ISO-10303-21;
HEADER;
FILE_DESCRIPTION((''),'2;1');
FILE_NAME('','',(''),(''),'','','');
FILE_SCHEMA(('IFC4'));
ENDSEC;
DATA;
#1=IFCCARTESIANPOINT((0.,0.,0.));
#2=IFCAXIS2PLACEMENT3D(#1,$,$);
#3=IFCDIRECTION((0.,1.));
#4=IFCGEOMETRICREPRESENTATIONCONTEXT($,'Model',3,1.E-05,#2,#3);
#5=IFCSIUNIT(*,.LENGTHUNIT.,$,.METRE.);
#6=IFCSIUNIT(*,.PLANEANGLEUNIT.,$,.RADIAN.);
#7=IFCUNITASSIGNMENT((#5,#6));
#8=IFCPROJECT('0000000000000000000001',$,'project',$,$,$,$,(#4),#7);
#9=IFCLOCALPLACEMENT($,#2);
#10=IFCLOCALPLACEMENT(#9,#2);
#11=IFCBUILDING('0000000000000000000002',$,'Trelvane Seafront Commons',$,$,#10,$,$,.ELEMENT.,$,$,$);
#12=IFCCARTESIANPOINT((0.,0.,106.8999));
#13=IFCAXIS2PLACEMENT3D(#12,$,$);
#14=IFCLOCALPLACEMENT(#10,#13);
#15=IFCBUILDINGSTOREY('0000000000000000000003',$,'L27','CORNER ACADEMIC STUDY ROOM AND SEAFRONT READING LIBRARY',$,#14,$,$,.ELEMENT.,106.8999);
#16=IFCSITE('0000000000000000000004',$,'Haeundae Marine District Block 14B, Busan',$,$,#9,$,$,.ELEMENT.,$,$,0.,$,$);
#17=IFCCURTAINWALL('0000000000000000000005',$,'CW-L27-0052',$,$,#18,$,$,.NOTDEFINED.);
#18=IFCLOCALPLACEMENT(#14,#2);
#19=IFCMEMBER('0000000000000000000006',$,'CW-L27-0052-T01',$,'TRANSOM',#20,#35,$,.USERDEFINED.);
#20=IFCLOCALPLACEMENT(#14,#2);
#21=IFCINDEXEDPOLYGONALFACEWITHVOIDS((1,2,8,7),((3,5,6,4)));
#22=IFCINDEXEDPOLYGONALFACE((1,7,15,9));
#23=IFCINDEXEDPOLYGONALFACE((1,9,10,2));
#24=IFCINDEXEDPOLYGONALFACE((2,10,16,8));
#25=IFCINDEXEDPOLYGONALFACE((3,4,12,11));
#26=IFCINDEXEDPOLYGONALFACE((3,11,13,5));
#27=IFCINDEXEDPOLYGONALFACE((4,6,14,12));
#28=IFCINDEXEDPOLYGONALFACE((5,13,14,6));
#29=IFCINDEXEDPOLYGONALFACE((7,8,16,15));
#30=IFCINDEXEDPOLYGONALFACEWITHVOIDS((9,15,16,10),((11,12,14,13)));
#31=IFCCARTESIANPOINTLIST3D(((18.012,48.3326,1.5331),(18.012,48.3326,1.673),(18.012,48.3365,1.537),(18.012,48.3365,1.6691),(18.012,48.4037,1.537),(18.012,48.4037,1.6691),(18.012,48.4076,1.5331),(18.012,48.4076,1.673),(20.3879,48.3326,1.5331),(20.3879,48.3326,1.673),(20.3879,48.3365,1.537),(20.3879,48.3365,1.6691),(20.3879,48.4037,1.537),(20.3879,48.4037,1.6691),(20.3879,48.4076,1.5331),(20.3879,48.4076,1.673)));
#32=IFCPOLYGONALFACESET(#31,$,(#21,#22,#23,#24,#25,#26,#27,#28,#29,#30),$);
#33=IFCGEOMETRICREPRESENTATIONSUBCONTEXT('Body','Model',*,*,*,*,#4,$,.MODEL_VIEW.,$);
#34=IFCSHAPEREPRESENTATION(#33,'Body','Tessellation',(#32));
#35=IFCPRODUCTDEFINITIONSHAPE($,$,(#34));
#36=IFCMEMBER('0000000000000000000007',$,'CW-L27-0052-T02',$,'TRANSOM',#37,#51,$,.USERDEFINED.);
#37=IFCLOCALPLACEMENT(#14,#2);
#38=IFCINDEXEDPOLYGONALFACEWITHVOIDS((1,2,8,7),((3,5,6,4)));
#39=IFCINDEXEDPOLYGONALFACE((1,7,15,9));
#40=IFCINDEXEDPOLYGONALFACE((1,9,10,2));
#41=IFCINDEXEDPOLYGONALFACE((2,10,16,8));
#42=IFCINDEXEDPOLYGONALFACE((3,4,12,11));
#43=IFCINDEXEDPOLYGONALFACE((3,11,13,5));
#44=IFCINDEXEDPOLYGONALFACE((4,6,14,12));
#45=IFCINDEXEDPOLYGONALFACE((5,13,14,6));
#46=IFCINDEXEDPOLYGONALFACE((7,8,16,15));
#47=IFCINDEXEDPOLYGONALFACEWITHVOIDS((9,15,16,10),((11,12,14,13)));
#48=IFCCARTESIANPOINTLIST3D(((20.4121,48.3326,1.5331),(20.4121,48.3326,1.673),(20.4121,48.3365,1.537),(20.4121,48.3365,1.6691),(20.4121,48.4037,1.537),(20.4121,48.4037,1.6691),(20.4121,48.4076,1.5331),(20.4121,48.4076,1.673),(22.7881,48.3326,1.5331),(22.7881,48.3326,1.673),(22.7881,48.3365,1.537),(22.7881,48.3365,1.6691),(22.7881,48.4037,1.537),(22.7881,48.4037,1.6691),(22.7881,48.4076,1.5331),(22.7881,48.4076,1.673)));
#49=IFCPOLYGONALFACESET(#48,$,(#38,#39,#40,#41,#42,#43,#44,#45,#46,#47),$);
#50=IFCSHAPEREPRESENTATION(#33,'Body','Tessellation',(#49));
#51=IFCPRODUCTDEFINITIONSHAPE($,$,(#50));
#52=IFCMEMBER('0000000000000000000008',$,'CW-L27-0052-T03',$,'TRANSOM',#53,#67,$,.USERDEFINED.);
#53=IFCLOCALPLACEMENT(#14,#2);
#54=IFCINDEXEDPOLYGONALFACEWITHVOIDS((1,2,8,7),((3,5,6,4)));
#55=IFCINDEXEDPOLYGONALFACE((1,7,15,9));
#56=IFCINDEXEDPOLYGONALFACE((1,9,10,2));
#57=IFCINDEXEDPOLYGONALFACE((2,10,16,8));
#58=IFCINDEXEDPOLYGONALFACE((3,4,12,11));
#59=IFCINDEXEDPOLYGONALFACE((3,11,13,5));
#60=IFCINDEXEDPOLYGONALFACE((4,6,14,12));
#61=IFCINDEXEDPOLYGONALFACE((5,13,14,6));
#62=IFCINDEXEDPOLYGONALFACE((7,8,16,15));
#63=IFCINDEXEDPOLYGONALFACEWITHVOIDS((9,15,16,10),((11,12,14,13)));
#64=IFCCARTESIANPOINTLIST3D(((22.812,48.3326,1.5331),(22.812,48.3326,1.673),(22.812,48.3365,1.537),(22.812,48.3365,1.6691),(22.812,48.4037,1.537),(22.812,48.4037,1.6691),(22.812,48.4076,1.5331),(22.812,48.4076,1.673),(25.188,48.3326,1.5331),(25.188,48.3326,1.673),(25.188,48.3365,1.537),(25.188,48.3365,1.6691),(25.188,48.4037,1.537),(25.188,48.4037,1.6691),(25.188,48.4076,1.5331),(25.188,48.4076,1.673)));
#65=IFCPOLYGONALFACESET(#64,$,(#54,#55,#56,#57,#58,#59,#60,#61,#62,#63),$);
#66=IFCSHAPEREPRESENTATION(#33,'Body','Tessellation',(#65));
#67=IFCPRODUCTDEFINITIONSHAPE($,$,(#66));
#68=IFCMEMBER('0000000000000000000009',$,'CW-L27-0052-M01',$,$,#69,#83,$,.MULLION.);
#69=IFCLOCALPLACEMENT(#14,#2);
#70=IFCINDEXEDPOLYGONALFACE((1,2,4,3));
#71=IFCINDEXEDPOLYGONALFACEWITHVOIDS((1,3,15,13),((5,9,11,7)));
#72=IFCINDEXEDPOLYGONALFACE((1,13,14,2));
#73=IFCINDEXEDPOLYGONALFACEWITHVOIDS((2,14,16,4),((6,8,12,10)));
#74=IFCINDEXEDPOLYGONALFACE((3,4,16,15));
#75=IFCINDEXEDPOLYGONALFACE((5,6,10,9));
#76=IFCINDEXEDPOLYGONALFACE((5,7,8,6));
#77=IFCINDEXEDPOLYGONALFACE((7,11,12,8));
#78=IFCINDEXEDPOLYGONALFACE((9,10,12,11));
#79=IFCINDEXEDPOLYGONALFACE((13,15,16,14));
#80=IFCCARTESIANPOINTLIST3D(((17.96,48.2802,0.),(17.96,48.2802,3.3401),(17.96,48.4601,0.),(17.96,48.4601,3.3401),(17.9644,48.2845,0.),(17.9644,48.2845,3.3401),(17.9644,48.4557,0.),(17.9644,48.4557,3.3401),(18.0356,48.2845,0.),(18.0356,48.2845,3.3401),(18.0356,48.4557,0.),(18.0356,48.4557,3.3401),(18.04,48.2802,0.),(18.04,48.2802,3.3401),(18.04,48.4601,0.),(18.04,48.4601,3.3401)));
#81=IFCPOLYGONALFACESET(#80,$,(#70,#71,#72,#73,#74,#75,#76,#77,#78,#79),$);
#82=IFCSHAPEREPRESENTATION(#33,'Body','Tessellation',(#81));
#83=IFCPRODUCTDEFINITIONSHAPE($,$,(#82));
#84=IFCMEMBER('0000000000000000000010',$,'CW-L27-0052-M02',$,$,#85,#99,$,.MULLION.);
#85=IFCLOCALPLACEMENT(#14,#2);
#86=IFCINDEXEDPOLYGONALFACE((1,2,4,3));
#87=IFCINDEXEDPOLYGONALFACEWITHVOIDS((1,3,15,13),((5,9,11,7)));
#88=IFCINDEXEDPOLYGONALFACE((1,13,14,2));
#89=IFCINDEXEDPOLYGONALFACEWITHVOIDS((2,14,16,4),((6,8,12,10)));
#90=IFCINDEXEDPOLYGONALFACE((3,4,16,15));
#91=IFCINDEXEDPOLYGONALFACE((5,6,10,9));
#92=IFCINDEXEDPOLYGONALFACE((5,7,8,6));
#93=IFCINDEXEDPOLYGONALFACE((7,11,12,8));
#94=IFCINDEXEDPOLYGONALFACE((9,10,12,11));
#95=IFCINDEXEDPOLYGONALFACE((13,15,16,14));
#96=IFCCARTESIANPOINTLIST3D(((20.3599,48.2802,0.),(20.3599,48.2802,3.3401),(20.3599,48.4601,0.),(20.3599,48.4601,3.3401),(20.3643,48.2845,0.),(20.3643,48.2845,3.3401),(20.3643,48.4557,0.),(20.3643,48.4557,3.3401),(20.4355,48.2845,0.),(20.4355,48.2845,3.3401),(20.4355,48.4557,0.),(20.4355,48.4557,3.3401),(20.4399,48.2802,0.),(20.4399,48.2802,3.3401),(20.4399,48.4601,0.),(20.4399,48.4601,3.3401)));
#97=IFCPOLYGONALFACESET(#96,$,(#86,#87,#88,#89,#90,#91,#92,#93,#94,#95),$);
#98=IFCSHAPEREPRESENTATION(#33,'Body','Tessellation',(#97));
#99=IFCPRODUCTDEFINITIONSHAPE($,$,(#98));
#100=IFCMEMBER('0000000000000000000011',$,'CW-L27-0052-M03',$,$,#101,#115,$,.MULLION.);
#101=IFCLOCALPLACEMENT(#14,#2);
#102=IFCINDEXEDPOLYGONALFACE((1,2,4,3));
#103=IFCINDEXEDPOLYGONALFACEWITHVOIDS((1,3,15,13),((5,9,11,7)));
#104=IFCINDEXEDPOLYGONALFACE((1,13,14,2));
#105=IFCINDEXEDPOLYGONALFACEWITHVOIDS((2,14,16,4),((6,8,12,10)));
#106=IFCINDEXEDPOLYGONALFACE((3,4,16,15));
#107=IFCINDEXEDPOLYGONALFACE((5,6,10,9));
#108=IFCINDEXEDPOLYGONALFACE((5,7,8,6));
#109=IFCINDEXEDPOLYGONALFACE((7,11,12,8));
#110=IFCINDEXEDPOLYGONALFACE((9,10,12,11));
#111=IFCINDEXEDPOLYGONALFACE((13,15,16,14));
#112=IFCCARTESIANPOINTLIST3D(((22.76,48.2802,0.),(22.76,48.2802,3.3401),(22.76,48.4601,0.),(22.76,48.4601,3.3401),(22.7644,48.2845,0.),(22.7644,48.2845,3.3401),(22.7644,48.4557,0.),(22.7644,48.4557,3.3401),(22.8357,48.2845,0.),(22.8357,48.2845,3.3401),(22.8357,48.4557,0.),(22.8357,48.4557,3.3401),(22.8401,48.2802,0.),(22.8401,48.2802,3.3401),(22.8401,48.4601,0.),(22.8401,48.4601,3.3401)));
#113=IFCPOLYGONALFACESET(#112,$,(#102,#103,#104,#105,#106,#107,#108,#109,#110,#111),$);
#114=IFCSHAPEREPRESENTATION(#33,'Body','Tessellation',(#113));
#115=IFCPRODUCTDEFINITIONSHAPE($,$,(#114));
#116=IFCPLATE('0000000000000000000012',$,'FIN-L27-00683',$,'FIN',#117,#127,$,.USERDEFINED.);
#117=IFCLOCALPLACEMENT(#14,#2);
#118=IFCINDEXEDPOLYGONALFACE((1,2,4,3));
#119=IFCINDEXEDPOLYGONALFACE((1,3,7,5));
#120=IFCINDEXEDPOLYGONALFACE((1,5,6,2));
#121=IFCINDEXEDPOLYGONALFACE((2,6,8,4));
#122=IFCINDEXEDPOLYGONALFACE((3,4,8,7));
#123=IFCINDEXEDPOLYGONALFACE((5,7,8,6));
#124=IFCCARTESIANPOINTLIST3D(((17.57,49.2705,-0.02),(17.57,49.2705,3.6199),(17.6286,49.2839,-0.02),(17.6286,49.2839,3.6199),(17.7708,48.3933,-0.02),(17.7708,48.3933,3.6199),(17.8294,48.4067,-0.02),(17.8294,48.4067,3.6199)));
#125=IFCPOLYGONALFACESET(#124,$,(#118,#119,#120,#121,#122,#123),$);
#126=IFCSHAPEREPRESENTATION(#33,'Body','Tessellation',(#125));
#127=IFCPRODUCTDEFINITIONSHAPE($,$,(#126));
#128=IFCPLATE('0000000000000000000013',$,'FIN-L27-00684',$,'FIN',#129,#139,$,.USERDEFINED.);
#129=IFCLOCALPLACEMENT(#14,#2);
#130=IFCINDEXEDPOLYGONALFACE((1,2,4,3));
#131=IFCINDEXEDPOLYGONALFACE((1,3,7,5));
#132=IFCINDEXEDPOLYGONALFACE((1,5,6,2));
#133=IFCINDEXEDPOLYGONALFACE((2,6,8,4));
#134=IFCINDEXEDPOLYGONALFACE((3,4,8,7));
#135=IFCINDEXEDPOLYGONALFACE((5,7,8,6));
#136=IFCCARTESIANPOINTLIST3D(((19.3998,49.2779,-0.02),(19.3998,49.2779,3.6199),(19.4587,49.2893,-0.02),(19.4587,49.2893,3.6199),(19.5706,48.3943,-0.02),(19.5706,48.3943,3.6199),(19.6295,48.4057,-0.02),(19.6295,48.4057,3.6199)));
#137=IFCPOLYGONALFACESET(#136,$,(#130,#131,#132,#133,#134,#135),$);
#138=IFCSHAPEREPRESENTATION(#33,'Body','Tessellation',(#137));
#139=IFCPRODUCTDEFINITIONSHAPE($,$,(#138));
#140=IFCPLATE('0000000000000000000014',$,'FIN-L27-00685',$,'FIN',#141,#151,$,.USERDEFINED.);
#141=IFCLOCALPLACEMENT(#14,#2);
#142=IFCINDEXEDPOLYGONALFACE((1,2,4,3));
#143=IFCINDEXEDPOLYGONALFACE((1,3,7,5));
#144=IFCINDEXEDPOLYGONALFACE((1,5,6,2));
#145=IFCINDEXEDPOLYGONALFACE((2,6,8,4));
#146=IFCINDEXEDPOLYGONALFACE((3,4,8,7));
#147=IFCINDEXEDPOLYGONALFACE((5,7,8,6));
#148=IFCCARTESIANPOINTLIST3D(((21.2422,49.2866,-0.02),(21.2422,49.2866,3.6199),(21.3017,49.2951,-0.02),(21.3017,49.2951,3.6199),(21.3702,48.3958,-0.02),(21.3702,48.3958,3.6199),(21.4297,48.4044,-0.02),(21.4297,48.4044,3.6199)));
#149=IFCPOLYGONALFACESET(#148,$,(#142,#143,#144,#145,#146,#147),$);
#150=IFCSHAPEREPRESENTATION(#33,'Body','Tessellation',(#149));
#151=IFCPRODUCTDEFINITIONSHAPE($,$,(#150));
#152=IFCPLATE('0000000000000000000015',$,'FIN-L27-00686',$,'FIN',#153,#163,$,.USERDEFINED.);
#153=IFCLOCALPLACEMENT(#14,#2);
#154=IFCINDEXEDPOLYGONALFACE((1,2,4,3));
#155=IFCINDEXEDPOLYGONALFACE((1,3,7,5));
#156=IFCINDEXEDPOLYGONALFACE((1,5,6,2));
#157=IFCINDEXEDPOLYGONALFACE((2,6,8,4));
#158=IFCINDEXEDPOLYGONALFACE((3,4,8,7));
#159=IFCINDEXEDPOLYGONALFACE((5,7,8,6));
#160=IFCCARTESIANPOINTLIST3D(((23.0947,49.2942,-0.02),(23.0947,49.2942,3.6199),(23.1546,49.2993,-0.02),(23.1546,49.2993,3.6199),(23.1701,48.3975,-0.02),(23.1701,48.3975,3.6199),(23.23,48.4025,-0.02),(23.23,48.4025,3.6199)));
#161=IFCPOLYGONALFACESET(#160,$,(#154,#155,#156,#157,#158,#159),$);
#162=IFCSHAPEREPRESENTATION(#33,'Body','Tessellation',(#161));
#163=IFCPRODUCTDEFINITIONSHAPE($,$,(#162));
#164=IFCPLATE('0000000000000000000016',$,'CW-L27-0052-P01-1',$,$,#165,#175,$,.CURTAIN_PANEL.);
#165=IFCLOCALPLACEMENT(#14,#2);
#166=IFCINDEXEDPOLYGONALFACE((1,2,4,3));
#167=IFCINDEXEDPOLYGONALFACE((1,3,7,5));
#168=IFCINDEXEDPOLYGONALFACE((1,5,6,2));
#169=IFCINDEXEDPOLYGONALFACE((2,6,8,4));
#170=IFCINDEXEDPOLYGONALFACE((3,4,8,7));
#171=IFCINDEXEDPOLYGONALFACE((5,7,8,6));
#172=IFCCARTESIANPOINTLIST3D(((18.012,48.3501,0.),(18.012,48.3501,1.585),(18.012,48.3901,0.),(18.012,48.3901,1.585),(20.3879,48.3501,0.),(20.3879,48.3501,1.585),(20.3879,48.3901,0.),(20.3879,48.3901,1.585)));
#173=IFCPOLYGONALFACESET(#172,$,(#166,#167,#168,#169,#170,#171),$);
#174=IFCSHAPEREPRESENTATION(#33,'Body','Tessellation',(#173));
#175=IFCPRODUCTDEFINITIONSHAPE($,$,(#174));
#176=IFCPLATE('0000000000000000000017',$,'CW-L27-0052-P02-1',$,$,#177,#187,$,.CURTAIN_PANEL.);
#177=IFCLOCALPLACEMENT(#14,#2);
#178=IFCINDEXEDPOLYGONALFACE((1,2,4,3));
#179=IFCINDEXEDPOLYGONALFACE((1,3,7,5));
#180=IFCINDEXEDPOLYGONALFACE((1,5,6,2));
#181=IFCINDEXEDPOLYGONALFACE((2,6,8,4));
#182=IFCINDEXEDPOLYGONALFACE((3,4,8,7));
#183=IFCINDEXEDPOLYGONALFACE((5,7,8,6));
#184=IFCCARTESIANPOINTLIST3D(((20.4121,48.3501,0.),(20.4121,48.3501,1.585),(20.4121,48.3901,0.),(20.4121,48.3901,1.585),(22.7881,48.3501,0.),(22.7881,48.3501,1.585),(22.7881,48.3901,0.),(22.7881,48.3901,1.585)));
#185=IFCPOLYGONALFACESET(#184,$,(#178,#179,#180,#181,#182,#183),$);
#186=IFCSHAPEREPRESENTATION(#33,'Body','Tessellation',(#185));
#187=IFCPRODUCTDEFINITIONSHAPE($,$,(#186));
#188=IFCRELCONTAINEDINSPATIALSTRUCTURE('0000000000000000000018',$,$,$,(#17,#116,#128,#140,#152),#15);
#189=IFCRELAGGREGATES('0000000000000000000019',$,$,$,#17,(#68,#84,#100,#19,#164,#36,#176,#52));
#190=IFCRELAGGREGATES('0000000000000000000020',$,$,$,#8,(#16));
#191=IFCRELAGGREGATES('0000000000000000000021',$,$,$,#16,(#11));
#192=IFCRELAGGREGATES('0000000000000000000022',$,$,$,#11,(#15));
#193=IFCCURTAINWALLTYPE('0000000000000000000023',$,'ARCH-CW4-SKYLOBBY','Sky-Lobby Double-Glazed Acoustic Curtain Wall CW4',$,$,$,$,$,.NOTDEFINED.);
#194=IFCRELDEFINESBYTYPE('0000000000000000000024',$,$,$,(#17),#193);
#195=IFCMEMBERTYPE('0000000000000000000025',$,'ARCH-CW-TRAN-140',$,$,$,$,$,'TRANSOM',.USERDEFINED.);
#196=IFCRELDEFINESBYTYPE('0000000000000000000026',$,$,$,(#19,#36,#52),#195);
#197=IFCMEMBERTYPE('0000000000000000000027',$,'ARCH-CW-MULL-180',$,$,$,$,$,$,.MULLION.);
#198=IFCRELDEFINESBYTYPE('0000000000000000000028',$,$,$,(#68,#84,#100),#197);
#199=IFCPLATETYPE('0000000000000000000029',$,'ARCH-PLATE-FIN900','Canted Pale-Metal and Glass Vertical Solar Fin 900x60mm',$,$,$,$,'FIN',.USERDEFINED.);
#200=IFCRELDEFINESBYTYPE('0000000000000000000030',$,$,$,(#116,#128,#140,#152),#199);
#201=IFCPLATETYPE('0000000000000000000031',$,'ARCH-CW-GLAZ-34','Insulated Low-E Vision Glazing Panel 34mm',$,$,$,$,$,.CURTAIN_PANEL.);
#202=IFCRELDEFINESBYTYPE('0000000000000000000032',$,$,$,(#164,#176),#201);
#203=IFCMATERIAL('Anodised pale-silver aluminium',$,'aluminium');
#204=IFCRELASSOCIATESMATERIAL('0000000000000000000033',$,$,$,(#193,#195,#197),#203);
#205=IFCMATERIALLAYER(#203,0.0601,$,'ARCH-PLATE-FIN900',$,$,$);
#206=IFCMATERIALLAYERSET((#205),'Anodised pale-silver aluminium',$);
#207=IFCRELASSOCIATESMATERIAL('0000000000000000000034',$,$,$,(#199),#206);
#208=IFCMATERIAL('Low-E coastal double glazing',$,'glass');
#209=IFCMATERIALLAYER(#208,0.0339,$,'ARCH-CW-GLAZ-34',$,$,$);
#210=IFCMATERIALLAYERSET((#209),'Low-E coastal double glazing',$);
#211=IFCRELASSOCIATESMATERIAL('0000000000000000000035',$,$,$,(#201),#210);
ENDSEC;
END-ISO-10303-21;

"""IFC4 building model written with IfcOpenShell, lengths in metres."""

from ifc_helpers import new_model, si_unit, direction, frame, origin, origin_2d, place, context, subcontext, project, spatial, rectangle, hollow_rectangle, extrude, source, transform, mapped, material, layer, layer_set, material_profile, profile_set, type_object, element, aggregate, save


model = new_model("IFC4")

# Units and contexts
model_context = context("Model", 3, precision=1e-05, world=origin(), true_north=direction((0.0, 1.0)))
body_context = subcontext(model_context, "Body", "Model", "MODEL_VIEW")
ifc_project = project(units=[si_unit("LENGTHUNIT", "METRE"), si_unit("PLANEANGLEUNIT", "RADIAN")], contexts=[model_context])

# Site, building, storey
site_placement = place(None, origin())
site = spatial("IfcSite", under=ifc_project, at=site_placement, Name="Haeundae Marine District Block 14B, Busan", CompositionType="ELEMENT", RefElevation=0.0)
building_placement = place(site_placement, origin())
building = spatial("IfcBuilding", under=site, at=building_placement, Name="Trelvane Seafront Commons", CompositionType="ELEMENT")
storey_placement = place(building_placement, frame((0.0, 0.0, 106.8999)))
storey = spatial("IfcBuildingStorey", under=building, at=storey_placement, Name="L27", Description="CORNER ACADEMIC STUDY ROOM AND SEAFRONT READING LIBRARY", CompositionType="ELEMENT", Elevation=106.8999)

# Curtain wall, members
ifc_material_1 = material(Name="Anodised pale-silver aluminium", Category="aluminium")
curtain_wall_type = type_object("IfcCurtainWallType", Name="ARCH-CW4-SKYLOBBY", Description="Sky-Lobby Double-Glazed Acoustic Curtain Wall CW4", PredefinedType="NOTDEFINED", material=ifc_material_1)
curtain_wall_placement = place(storey_placement, origin())
curtain_wall = element("IfcCurtainWall", 1, at=curtain_wall_placement, inside=storey, type_object=curtain_wall_type, Name="CW-L27-0052", PredefinedType="NOTDEFINED")
ifc_material_profile_1 = material_profile(ifc_material_1, hollow_rectangle(XDim=0.075, YDim=0.1399, WallThickness=0.0039, at=origin_2d()), Name="TRAN-75x140x4")
ifc_profile_set_1 = profile_set([ifc_material_profile_1], Name="Anodised pale-silver aluminium")
member_type_1 = type_object("IfcMemberType", Name="ARCH-CW-TRAN-140", ElementType="TRANSOM", PredefinedType="USERDEFINED", material=ifc_profile_set_1)
shared_shape_1 = source(origin(), body_context, "Body", "SweptSolid", [
    extrude(hollow_rectangle(XDim=0.075, YDim=0.1399, WallThickness=0.0039, at=origin_2d()), origin(), (0.0, 0.0, 1.0), 2.376),
])
member_1_placement = place(storey_placement, frame((18.012, 48.3701, 1.603), z_axis=(1.0, 0.0, 0.0), x_axis=(0.0, 1.0, 0.0)))
member_1 = element("IfcMember", 2, at=member_1_placement, type_object=member_type_1, Name="CW-L27-0052-T01", ObjectType="TRANSOM", PredefinedType="USERDEFINED", context=body_context, shape_type="MappedRepresentation", body=[
    mapped(shared_shape_1, transform((0.0, 0.0, 0.0), x_axis=(1.0, 0.0, 0.0), y_axis=(0.0, 1.0, 0.0), z_axis=(0.0, 0.0, 1.0), scale=1.0)),
])
member_2_placement = place(storey_placement, frame((20.4121, 48.3701, 1.603), z_axis=(1.0, 0.0, 0.0), x_axis=(0.0, 1.0, 0.0)))
member_2 = element("IfcMember", 3, at=member_2_placement, type_object=member_type_1, Name="CW-L27-0052-T02", ObjectType="TRANSOM", PredefinedType="USERDEFINED", context=body_context, shape_type="MappedRepresentation", body=[
    mapped(shared_shape_1, transform((0.0, 0.0, 0.0), x_axis=(1.0, 0.0, 0.0), y_axis=(0.0, 1.0, 0.0), z_axis=(0.0, 0.0, 1.0), scale=1.0)),
])
member_3_placement = place(storey_placement, frame((22.812, 48.3701, 1.603), z_axis=(1.0, 0.0, 0.0), x_axis=(0.0, 1.0, 0.0)))
member_3 = element("IfcMember", 4, at=member_3_placement, type_object=member_type_1, Name="CW-L27-0052-T03", ObjectType="TRANSOM", PredefinedType="USERDEFINED", context=body_context, shape_type="MappedRepresentation", body=[
    mapped(shared_shape_1, transform((0.0, 0.0, 0.0), x_axis=(1.0, 0.0, 0.0), y_axis=(0.0, 1.0, 0.0), z_axis=(0.0, 0.0, 1.0), scale=1.0)),
])
ifc_material_profile_2 = material_profile(ifc_material_1, hollow_rectangle(XDim=0.0801, YDim=0.1799, WallThickness=0.0044, at=origin_2d()), Name="MULL-80x180x4.5")
ifc_profile_set_2 = profile_set([ifc_material_profile_2], Name="Anodised pale-silver aluminium")
member_type_2 = type_object("IfcMemberType", Name="ARCH-CW-MULL-180", PredefinedType="MULLION", material=ifc_profile_set_2)
shared_shape_2 = source(origin(), body_context, "Body", "SweptSolid", [
    extrude(hollow_rectangle(XDim=0.0801, YDim=0.1799, WallThickness=0.0044, at=origin_2d()), origin(), (0.0, 0.0, 1.0), 3.3401),
])
member_4_placement = place(storey_placement, frame((18.0, 48.3701, 0.0), z_axis=(0.0, 0.0, 1.0), x_axis=(1.0, 0.0, 0.0)))
member_4 = element("IfcMember", 5, at=member_4_placement, type_object=member_type_2, Name="CW-L27-0052-M01", PredefinedType="MULLION", context=body_context, shape_type="MappedRepresentation", body=[
    mapped(shared_shape_2, transform((0.0, 0.0, 0.0), x_axis=(1.0, 0.0, 0.0), y_axis=(0.0, 1.0, 0.0), z_axis=(0.0, 0.0, 1.0), scale=1.0)),
])
member_5_placement = place(storey_placement, frame((20.3999, 48.3701, 0.0), z_axis=(0.0, 0.0, 1.0), x_axis=(1.0, 0.0, 0.0)))
member_5 = element("IfcMember", 6, at=member_5_placement, type_object=member_type_2, Name="CW-L27-0052-M02", PredefinedType="MULLION", context=body_context, shape_type="MappedRepresentation", body=[
    mapped(shared_shape_2, transform((0.0, 0.0, 0.0), x_axis=(1.0, 0.0, 0.0), y_axis=(0.0, 1.0, 0.0), z_axis=(0.0, 0.0, 1.0), scale=1.0)),
])
member_6_placement = place(storey_placement, frame((22.8, 48.3701, 0.0), z_axis=(0.0, 0.0, 1.0), x_axis=(1.0, 0.0, 0.0)))
member_6 = element("IfcMember", 7, at=member_6_placement, type_object=member_type_2, Name="CW-L27-0052-M03", PredefinedType="MULLION", context=body_context, shape_type="MappedRepresentation", body=[
    mapped(shared_shape_2, transform((0.0, 0.0, 0.0), x_axis=(1.0, 0.0, 0.0), y_axis=(0.0, 1.0, 0.0), z_axis=(0.0, 0.0, 1.0), scale=1.0)),
])

# Plates
ifc_layer_1 = layer(ifc_material_1, 0.0601, Name="ARCH-PLATE-FIN900")
ifc_layer_set_1 = layer_set([ifc_layer_1], Name="Anodised pale-silver aluminium")
plate_type_1 = type_object("IfcPlateType", Name="ARCH-PLATE-FIN900", Description="Canted Pale-Metal and Glass Vertical Solar Fin 900x60mm", ElementType="FIN", PredefinedType="USERDEFINED", material=ifc_layer_set_1)
shared_shape_3 = source(origin(), body_context, "Body", "SweptSolid", [
    extrude(rectangle(XDim=0.8999, YDim=0.0601, at=origin_2d()), origin(), (0.0, 0.0, 1.0), 3.6399),
])
for number, where, z_axis, x_axis, name in (
    (8, (17.6997, 48.8386, -0.02), (0.0, 0.0, 1.0), (-0.223114, 0.974792, 0.0), "FIN-L27-00683"),
    (9, (19.5146, 48.8418, -0.02), (0.0, 0.0, 1.0), (-0.189788, 0.981825, 0.0), "FIN-L27-00684"),
    (10, (21.3359, 48.8455, -0.02), (0.0, 0.0, 1.0), (-0.142214, 0.989836, 0.0), "FIN-L27-00685"),
    (11, (23.1624, 48.8484, -0.02), (0.0, 0.0, 1.0), (-0.08378, 0.996484, 0.0), "FIN-L27-00686"),
):
    element("IfcPlate", number, at=place(storey_placement, frame(where, z_axis=z_axis, x_axis=x_axis)), inside=storey, type_object=plate_type_1, Name=name, ObjectType="FIN", PredefinedType="USERDEFINED", context=body_context, shape_type="MappedRepresentation", body=[
        mapped(shared_shape_3, transform((0.0, 0.0, 0.0), x_axis=(1.0, 0.0, 0.0), y_axis=(0.0, 1.0, 0.0), z_axis=(0.0, 0.0, 1.0), scale=1.0)),
    ])

# Plates
ifc_material_2 = material(Name="Low-E coastal double glazing", Category="glass")
ifc_layer_2 = layer(ifc_material_2, 0.0339, Name="ARCH-CW-GLAZ-34")
ifc_layer_set_2 = layer_set([ifc_layer_2], Name="Low-E coastal double glazing")
plate_type_2 = type_object("IfcPlateType", Name="ARCH-CW-GLAZ-34", Description="Insulated Low-E Vision Glazing Panel 34mm", PredefinedType="CURTAIN_PANEL", material=ifc_layer_set_2)
shared_shape_4 = source(origin(), body_context, "Body", "SweptSolid", [
    extrude(rectangle(XDim=2.376, YDim=0.04, at=origin_2d()), origin(), (0.0, 0.0, 1.0), 1.585),
])
plate_1_placement = place(storey_placement, frame((19.2, 48.3701, 0.0), z_axis=(0.0, 0.0, 1.0), x_axis=(1.0, 0.0, 0.0)))
plate_1 = element("IfcPlate", 12, at=plate_1_placement, type_object=plate_type_2, Name="CW-L27-0052-P01-1", PredefinedType="CURTAIN_PANEL", context=body_context, shape_type="MappedRepresentation", body=[
    mapped(shared_shape_4, transform((0.0, 0.0, 0.0), x_axis=(1.0, 0.0, 0.0), y_axis=(0.0, 1.0, 0.0), z_axis=(0.0, 0.0, 1.0), scale=1.0)),
])
plate_2_placement = place(storey_placement, frame((21.6001, 48.3701, 0.0), z_axis=(0.0, 0.0, 1.0), x_axis=(1.0, 0.0, 0.0)))
plate_2 = element("IfcPlate", 13, at=plate_2_placement, type_object=plate_type_2, Name="CW-L27-0052-P02-1", PredefinedType="CURTAIN_PANEL", context=body_context, shape_type="MappedRepresentation", body=[
    mapped(shared_shape_4, transform((0.0, 0.0, 0.0), x_axis=(1.0, 0.0, 0.0), y_axis=(0.0, 1.0, 0.0), z_axis=(0.0, 0.0, 1.0), scale=1.0)),
])
aggregate(curtain_wall, [member_4, member_5, member_6, member_1, plate_1, member_2, plate_2, member_3])

save(model, "model.ifc")
